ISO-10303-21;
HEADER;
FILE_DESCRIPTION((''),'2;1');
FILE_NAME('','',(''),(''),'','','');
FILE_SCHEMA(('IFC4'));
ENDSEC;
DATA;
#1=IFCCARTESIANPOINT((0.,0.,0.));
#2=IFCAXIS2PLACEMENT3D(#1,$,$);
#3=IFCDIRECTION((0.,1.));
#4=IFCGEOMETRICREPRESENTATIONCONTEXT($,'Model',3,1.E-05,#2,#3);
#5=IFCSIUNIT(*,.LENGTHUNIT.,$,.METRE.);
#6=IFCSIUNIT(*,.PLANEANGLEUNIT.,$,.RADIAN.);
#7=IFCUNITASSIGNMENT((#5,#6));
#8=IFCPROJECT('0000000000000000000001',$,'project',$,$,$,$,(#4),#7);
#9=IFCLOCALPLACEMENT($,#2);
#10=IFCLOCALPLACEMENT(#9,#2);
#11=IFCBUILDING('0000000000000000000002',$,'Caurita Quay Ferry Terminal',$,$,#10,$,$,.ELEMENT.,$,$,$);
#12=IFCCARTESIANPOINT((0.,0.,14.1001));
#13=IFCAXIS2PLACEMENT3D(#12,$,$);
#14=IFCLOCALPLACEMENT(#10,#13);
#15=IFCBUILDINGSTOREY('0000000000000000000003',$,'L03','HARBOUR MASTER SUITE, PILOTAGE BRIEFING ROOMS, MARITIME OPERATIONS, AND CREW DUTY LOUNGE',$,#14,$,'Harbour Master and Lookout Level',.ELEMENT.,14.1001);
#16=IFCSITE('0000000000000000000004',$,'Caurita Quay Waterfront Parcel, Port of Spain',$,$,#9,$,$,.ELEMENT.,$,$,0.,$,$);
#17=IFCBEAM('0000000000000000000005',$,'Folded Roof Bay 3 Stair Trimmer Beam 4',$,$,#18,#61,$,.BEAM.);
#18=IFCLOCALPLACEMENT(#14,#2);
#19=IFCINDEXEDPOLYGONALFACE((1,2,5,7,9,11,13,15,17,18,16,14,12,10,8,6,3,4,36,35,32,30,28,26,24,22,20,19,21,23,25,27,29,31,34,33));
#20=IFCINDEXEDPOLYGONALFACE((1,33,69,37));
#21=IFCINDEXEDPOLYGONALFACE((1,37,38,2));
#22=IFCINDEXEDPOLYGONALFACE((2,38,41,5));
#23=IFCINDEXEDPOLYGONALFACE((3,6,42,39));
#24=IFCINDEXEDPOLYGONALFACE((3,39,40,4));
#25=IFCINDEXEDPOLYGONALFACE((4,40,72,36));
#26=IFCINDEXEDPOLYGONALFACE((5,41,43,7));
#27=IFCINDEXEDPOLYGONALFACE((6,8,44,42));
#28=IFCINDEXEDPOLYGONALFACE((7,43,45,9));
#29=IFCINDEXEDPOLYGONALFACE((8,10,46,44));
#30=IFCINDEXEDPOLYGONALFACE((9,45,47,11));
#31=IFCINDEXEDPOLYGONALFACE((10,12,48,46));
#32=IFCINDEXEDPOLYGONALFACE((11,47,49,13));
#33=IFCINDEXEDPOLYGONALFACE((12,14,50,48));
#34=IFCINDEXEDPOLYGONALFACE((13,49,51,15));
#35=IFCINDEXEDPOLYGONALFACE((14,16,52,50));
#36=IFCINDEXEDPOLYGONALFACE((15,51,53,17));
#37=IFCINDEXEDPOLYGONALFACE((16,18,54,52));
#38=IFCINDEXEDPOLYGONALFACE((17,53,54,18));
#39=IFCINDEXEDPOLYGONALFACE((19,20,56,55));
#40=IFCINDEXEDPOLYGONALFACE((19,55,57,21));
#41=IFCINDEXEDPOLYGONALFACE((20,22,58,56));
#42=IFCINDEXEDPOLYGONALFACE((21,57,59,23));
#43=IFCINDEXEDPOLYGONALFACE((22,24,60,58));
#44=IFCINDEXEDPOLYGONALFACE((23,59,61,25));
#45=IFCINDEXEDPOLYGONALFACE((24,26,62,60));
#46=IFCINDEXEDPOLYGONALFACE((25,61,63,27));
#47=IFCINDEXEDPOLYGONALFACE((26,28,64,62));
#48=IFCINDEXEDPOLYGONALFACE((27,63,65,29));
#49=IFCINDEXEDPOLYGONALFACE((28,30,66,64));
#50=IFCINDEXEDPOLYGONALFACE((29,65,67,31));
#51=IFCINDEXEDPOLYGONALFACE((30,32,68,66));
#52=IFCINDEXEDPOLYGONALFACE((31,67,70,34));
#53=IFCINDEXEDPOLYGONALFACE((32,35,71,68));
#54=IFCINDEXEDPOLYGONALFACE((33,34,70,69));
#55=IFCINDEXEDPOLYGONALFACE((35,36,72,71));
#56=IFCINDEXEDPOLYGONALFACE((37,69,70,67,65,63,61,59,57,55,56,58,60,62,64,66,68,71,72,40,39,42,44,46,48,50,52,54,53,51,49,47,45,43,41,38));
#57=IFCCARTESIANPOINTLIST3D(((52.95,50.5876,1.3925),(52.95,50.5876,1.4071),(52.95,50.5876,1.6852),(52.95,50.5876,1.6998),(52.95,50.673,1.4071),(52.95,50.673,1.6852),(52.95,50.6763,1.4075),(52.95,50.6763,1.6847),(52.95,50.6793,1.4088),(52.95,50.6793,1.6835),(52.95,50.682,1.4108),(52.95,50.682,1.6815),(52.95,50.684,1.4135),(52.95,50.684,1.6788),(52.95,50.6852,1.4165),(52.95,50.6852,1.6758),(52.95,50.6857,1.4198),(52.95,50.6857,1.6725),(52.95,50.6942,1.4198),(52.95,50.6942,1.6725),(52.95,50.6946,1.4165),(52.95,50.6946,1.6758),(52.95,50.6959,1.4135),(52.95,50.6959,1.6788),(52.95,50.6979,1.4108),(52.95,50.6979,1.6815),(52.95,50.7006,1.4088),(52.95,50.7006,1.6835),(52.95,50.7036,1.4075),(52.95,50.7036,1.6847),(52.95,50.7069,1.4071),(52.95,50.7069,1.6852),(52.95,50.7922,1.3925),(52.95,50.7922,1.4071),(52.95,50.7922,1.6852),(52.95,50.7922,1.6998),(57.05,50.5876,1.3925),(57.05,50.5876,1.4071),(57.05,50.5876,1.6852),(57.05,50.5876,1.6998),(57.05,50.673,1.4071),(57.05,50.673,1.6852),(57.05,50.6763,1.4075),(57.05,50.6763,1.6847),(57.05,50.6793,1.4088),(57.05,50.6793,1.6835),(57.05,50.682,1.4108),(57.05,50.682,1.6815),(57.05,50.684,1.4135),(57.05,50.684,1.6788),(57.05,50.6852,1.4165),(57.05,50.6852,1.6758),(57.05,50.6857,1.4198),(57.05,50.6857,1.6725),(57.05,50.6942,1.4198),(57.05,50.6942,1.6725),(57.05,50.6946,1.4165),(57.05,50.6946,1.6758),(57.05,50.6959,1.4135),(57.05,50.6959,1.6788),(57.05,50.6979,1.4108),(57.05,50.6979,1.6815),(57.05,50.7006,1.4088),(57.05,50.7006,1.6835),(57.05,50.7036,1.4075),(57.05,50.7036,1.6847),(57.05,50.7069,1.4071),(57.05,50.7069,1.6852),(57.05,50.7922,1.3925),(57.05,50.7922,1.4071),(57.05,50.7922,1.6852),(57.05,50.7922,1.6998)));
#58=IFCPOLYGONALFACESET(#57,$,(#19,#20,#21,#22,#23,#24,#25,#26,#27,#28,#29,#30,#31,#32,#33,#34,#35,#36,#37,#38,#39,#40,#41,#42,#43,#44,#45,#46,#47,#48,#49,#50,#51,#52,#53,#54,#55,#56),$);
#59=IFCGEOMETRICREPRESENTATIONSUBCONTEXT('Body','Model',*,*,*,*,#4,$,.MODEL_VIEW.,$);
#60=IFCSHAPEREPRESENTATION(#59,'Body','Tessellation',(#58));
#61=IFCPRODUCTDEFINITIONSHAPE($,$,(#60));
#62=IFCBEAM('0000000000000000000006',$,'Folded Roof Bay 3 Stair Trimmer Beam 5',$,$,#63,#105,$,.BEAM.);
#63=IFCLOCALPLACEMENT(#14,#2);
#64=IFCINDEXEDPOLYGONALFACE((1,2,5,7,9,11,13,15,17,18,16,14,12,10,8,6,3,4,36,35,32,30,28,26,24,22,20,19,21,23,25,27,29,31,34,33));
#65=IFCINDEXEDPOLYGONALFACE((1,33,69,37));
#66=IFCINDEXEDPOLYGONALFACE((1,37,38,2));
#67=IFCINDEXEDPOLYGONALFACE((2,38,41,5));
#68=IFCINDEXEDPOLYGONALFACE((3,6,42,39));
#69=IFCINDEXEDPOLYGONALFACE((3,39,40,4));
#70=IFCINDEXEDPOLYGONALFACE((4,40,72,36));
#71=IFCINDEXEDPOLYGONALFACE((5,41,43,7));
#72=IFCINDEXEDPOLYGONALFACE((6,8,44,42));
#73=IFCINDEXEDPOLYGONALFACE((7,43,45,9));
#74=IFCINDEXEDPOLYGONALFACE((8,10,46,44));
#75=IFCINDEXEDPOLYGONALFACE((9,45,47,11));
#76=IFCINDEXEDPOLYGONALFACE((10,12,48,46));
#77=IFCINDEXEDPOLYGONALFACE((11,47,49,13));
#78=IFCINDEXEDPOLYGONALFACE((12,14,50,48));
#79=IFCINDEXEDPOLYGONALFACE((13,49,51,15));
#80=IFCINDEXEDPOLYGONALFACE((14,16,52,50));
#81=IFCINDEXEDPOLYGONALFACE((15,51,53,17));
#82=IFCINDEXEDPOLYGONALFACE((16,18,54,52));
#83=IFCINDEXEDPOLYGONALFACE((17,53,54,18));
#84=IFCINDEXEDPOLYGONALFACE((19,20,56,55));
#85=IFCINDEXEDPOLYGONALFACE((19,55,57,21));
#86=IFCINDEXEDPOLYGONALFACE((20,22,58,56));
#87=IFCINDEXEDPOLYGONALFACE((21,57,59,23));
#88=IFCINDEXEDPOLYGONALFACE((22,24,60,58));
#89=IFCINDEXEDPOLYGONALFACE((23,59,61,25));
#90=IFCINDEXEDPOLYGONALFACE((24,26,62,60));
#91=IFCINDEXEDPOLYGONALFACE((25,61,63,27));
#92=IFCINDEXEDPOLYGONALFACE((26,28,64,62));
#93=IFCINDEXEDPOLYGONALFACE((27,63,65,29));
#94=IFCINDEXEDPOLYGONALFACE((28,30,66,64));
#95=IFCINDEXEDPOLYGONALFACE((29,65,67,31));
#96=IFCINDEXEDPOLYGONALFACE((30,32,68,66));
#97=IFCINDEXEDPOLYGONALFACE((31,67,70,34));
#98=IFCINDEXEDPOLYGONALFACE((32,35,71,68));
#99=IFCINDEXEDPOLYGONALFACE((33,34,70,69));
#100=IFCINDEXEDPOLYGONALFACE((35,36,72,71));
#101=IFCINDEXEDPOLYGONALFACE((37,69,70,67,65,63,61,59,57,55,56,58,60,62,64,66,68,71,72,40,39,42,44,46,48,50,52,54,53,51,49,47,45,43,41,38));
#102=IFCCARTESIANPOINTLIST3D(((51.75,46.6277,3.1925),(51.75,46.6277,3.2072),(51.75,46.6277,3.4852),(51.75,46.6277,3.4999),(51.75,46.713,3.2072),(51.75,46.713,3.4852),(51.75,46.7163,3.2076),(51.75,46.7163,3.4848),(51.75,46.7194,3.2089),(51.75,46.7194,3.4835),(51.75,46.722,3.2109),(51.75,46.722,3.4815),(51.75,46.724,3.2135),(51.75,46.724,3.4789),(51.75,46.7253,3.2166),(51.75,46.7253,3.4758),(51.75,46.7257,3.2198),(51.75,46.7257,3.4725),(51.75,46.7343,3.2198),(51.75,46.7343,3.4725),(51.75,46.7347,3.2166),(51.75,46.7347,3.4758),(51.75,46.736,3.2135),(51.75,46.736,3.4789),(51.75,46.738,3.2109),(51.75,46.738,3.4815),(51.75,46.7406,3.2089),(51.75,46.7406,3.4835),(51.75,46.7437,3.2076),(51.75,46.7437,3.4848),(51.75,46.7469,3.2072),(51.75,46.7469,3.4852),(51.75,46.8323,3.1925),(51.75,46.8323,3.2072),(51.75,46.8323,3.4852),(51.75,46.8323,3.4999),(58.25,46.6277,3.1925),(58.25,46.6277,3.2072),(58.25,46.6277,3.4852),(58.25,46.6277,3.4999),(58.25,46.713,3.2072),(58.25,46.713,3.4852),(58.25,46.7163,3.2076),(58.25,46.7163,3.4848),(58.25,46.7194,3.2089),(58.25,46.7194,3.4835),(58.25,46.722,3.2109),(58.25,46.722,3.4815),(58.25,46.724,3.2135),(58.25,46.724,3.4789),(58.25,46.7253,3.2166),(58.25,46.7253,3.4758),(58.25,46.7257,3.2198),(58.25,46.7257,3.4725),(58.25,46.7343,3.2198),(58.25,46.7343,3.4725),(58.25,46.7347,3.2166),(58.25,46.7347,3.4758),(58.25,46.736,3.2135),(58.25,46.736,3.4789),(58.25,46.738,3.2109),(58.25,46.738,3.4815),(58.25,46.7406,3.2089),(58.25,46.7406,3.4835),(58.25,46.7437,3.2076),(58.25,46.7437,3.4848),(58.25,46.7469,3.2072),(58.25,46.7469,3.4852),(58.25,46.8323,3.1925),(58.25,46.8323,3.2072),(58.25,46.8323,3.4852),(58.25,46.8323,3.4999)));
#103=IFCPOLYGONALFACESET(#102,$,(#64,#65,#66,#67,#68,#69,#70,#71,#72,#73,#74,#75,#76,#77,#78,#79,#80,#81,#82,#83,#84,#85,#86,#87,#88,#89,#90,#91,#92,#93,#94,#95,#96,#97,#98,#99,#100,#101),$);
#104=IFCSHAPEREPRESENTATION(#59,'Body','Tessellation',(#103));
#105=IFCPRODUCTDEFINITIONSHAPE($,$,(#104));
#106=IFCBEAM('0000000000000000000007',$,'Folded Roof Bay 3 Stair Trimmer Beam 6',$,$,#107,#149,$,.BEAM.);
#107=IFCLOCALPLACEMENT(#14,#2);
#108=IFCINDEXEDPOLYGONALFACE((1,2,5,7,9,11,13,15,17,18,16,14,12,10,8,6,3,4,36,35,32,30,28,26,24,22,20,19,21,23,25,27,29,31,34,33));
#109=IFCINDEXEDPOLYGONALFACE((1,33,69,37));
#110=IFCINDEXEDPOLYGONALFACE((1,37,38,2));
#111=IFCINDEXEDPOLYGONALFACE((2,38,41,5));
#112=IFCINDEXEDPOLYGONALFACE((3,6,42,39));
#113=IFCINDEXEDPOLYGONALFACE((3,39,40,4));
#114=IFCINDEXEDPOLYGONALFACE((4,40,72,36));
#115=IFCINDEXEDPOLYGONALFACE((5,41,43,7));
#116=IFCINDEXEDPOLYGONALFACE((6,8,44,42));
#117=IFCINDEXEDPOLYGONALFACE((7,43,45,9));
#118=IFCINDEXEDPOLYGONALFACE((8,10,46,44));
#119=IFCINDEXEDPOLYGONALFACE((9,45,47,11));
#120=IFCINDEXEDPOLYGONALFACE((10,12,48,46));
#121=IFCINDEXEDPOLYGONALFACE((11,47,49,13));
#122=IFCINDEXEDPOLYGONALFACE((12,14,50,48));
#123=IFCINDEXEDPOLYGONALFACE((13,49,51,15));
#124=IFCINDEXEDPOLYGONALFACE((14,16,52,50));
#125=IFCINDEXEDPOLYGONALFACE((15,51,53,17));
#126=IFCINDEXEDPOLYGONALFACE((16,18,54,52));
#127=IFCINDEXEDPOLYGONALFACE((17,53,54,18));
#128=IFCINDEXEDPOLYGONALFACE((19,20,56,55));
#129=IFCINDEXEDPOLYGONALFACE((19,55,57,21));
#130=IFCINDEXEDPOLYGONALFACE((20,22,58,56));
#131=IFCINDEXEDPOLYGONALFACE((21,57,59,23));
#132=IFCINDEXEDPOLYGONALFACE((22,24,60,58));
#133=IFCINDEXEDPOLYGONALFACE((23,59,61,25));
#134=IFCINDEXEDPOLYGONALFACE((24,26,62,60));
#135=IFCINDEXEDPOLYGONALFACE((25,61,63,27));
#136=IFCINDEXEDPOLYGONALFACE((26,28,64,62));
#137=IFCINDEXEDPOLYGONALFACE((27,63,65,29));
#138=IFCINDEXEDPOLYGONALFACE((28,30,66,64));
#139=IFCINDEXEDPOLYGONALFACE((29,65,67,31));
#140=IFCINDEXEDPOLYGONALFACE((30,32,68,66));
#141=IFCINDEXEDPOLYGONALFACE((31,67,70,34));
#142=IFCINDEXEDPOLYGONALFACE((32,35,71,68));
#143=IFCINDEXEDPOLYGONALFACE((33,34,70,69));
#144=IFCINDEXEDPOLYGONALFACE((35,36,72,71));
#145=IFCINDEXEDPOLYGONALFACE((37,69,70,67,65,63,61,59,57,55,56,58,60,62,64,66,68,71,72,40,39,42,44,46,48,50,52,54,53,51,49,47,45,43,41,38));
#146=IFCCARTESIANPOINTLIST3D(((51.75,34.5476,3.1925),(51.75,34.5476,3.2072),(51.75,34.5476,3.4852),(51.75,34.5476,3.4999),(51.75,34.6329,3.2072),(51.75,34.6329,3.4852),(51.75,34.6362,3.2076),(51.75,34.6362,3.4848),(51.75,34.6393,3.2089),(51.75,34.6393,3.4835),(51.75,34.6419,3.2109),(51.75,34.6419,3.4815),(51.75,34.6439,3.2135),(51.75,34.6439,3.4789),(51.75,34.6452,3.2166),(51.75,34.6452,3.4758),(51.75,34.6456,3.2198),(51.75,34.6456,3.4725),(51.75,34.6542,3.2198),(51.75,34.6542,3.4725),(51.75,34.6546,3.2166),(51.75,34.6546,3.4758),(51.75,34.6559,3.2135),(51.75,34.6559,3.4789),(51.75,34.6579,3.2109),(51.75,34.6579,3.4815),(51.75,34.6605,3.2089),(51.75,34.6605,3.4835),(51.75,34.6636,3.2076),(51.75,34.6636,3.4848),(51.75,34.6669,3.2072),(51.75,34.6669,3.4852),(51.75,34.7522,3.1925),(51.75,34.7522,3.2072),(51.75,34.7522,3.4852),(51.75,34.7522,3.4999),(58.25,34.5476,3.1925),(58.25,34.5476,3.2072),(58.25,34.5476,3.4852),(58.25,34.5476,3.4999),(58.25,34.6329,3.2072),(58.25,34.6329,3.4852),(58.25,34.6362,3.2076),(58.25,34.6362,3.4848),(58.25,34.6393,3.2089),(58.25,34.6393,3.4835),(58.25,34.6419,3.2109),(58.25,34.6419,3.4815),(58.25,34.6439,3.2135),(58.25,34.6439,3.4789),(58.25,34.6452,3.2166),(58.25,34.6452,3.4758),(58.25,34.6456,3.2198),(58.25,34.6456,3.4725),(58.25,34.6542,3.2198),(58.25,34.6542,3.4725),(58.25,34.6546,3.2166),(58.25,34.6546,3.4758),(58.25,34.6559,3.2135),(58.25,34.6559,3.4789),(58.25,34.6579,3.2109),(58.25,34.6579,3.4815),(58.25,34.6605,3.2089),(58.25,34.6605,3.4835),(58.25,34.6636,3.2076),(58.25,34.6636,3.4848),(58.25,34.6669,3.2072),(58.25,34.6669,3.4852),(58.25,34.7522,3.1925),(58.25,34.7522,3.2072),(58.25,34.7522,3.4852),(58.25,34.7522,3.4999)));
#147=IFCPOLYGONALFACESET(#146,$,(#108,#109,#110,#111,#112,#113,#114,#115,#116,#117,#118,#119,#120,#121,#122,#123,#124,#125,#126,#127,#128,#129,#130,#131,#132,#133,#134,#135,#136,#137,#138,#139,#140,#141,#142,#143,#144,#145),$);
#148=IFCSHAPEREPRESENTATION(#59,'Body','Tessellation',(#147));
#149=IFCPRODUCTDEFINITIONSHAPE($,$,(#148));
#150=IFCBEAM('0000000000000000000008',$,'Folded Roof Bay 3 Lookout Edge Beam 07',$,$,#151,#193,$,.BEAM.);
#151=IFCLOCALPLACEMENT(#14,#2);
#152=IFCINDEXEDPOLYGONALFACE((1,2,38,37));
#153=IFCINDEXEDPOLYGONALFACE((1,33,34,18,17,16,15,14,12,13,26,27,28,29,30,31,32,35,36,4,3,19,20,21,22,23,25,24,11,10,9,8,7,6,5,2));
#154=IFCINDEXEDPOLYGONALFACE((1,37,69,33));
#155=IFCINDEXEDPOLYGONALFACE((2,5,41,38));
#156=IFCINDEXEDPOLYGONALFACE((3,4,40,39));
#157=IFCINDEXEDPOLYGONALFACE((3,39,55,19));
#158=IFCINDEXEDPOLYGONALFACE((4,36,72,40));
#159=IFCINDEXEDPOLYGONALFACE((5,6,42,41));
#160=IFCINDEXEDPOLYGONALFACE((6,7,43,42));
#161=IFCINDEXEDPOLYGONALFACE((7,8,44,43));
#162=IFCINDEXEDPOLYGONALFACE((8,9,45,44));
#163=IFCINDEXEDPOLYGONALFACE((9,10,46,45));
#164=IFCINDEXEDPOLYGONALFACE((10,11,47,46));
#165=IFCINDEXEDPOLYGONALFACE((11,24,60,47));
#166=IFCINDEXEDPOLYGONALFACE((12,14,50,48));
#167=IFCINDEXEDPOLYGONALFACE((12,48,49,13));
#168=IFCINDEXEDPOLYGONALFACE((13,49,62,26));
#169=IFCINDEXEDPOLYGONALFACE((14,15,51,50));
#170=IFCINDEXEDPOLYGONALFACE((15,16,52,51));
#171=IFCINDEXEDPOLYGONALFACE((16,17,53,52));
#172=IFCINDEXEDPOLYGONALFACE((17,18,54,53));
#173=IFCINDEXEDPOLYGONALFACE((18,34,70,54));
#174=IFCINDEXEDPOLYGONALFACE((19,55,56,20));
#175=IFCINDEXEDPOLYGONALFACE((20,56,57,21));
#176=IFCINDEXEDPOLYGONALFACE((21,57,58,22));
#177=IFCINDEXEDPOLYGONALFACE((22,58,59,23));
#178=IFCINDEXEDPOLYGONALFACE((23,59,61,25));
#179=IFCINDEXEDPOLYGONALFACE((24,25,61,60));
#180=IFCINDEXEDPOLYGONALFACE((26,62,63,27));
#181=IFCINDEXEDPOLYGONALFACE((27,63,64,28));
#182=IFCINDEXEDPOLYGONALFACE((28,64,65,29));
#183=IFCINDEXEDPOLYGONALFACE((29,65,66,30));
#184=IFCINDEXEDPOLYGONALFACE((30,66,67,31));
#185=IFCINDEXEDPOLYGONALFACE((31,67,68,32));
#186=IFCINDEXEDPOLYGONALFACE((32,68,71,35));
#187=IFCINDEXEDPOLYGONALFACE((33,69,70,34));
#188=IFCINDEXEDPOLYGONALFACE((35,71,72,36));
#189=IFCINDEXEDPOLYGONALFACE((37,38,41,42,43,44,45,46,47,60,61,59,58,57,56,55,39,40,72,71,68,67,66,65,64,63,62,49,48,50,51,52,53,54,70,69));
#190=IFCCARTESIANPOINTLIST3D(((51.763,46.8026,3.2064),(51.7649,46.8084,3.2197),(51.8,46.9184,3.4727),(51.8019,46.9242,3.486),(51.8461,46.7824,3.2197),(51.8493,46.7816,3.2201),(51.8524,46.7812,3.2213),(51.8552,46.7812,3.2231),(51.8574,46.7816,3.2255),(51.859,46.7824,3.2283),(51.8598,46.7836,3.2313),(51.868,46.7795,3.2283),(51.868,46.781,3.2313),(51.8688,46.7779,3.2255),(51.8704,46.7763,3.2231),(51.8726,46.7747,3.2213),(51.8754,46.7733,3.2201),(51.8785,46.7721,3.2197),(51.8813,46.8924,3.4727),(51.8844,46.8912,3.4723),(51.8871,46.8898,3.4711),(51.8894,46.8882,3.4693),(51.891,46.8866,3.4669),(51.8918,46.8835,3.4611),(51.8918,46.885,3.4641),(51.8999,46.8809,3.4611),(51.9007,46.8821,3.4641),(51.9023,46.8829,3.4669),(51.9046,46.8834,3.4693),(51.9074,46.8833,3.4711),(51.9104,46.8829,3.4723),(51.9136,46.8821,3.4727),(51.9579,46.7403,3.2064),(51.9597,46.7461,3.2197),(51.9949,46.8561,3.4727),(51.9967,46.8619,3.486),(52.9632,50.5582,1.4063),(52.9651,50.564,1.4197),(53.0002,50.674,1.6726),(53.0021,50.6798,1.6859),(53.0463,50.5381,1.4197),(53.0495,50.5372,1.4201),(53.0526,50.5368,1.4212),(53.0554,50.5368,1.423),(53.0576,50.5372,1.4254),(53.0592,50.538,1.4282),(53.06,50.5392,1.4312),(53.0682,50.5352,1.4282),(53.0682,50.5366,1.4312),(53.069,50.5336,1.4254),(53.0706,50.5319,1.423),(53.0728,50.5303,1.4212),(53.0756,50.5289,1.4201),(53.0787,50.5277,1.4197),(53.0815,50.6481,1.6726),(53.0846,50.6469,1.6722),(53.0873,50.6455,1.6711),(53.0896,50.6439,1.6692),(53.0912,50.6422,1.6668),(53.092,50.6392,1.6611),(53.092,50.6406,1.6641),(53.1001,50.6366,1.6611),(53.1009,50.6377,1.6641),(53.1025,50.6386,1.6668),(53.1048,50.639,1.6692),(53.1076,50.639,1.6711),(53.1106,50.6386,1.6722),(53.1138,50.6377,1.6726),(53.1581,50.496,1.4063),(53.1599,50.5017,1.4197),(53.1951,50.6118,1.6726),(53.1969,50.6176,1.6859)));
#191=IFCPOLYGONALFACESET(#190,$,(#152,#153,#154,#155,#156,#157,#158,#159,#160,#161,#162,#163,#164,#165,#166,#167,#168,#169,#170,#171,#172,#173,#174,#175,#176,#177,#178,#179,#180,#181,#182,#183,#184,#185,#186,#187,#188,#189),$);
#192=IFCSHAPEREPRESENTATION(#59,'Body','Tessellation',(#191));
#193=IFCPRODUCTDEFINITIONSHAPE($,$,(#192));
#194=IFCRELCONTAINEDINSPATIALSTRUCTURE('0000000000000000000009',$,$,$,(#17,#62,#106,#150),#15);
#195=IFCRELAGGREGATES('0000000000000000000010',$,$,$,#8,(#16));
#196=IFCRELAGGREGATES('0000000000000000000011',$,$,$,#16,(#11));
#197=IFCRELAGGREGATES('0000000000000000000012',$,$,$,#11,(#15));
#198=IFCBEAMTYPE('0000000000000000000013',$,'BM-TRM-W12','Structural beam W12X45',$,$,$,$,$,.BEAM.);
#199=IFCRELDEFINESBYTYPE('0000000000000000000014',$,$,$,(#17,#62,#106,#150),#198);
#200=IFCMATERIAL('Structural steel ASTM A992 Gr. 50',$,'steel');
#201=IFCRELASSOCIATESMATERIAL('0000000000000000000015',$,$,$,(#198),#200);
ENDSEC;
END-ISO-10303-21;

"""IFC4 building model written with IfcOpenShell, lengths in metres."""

from ifc_helpers import new_model, si_unit, direction, frame, origin, origin_2d, place, context, subcontext, project, spatial, i_section, extrude, material, material_profile, profile_set, type_object, element, save


model = new_model("IFC4")

# Units and contexts
model_context = context("Model", 3, precision=1e-05, world=origin(), true_north=direction((0.0, 1.0)))
body_context = subcontext(model_context, "Body", "Model", "MODEL_VIEW")
ifc_project = project(units=[si_unit("LENGTHUNIT", "METRE"), si_unit("PLANEANGLEUNIT", "RADIAN")], contexts=[model_context])

# Site, building, storey
site_placement = place(None, origin())
site = spatial("IfcSite", under=ifc_project, at=site_placement, Name="Caurita Quay Waterfront Parcel, Port of Spain", CompositionType="ELEMENT", RefElevation=0.0)
building_placement = place(site_placement, origin())
building = spatial("IfcBuilding", under=site, at=building_placement, Name="Caurita Quay Ferry Terminal", CompositionType="ELEMENT")
storey_placement = place(building_placement, frame((0.0, 0.0, 14.1001)))
storey = spatial("IfcBuildingStorey", under=building, at=storey_placement, Name="L03", Description="HARBOUR MASTER SUITE, PILOTAGE BRIEFING ROOMS, MARITIME OPERATIONS, AND CREW DUTY LOUNGE", LongName="Harbour Master and Lookout Level", CompositionType="ELEMENT", Elevation=14.1001)

# Beams
ifc_material_1 = material(Name="Structural steel ASTM A992 Gr. 50", Category="steel")
ifc_material_profile_1 = material_profile(ifc_material_1, i_section(OverallWidth=0.2046, OverallDepth=0.3074, WebThickness=0.0085, FlangeThickness=0.0146, FilletRadius=0.0127, at=origin_2d()), Name="W12X45")
ifc_profile_set_1 = profile_set([ifc_material_profile_1], Name="Structural steel ASTM A992 Gr. 50")
beam_type_1 = type_object("IfcBeamType", Name="BM-TRM-W12", Description="Structural beam W12X45", PredefinedType="BEAM", material=ifc_profile_set_1)
beam_1_placement = place(storey_placement, frame((52.95, 50.6899, 1.5461), z_axis=(1.0, 0.0, 0.0), x_axis=(0.0, 1.0, 0.0)))
element("IfcBeam", 1, at=beam_1_placement, inside=storey, type_object=beam_type_1, Name="Folded Roof Bay 3 Stair Trimmer Beam 4", PredefinedType="BEAM", context=body_context, shape_type="SweptSolid", body=[
    extrude(i_section(OverallWidth=0.2046, OverallDepth=0.3074, WebThickness=0.0085, FlangeThickness=0.0146, FilletRadius=0.0127, at=origin_2d()), origin(), (0.0, 0.0, 1.0), 4.1001),
])
for number, where, z_axis, x_axis, name in (
    (2, (51.75, 46.73, 3.3462), (1.0, 0.0, 0.0), (0.0, 1.0, 0.0), "Folded Roof Bay 3 Stair Trimmer Beam 5"),
    (3, (51.75, 34.6499, 3.3462), (1.0, 0.0, 0.0), (0.0, 1.0, 0.0), "Folded Roof Bay 3 Stair Trimmer Beam 6"),
):
    element("IfcBeam", number, at=place(storey_placement, frame(where, z_axis=z_axis, x_axis=x_axis)), inside=storey, type_object=beam_type_1, Name=name, PredefinedType="BEAM", context=body_context, shape_type="SweptSolid", body=[
        extrude(i_section(OverallWidth=0.2046, OverallDepth=0.3074, WebThickness=0.0085, FlangeThickness=0.0146, FilletRadius=0.0127, at=origin_2d()), origin(), (0.0, 0.0, 1.0), 6.5),
    ])
beam_2_placement = place(storey_placement, frame((53.0801, 50.5879, 1.5461), z_axis=(-0.276913, -0.866507, 0.415313), x_axis=(0.952542, -0.304407, 0.0)))
element("IfcBeam", 4, at=beam_2_placement, inside=storey, type_object=beam_type_1, Name="Folded Roof Bay 3 Lookout Edge Beam 07", PredefinedType="BEAM", context=body_context, shape_type="SweptSolid", body=[
    extrude(i_section(OverallWidth=0.2046, OverallDepth=0.3074, WebThickness=0.0085, FlangeThickness=0.0146, FilletRadius=0.0127, at=origin_2d()), origin(), (0.0, 0.0, 1.0), 4.3342),
])

save(model, "model.ifc")
